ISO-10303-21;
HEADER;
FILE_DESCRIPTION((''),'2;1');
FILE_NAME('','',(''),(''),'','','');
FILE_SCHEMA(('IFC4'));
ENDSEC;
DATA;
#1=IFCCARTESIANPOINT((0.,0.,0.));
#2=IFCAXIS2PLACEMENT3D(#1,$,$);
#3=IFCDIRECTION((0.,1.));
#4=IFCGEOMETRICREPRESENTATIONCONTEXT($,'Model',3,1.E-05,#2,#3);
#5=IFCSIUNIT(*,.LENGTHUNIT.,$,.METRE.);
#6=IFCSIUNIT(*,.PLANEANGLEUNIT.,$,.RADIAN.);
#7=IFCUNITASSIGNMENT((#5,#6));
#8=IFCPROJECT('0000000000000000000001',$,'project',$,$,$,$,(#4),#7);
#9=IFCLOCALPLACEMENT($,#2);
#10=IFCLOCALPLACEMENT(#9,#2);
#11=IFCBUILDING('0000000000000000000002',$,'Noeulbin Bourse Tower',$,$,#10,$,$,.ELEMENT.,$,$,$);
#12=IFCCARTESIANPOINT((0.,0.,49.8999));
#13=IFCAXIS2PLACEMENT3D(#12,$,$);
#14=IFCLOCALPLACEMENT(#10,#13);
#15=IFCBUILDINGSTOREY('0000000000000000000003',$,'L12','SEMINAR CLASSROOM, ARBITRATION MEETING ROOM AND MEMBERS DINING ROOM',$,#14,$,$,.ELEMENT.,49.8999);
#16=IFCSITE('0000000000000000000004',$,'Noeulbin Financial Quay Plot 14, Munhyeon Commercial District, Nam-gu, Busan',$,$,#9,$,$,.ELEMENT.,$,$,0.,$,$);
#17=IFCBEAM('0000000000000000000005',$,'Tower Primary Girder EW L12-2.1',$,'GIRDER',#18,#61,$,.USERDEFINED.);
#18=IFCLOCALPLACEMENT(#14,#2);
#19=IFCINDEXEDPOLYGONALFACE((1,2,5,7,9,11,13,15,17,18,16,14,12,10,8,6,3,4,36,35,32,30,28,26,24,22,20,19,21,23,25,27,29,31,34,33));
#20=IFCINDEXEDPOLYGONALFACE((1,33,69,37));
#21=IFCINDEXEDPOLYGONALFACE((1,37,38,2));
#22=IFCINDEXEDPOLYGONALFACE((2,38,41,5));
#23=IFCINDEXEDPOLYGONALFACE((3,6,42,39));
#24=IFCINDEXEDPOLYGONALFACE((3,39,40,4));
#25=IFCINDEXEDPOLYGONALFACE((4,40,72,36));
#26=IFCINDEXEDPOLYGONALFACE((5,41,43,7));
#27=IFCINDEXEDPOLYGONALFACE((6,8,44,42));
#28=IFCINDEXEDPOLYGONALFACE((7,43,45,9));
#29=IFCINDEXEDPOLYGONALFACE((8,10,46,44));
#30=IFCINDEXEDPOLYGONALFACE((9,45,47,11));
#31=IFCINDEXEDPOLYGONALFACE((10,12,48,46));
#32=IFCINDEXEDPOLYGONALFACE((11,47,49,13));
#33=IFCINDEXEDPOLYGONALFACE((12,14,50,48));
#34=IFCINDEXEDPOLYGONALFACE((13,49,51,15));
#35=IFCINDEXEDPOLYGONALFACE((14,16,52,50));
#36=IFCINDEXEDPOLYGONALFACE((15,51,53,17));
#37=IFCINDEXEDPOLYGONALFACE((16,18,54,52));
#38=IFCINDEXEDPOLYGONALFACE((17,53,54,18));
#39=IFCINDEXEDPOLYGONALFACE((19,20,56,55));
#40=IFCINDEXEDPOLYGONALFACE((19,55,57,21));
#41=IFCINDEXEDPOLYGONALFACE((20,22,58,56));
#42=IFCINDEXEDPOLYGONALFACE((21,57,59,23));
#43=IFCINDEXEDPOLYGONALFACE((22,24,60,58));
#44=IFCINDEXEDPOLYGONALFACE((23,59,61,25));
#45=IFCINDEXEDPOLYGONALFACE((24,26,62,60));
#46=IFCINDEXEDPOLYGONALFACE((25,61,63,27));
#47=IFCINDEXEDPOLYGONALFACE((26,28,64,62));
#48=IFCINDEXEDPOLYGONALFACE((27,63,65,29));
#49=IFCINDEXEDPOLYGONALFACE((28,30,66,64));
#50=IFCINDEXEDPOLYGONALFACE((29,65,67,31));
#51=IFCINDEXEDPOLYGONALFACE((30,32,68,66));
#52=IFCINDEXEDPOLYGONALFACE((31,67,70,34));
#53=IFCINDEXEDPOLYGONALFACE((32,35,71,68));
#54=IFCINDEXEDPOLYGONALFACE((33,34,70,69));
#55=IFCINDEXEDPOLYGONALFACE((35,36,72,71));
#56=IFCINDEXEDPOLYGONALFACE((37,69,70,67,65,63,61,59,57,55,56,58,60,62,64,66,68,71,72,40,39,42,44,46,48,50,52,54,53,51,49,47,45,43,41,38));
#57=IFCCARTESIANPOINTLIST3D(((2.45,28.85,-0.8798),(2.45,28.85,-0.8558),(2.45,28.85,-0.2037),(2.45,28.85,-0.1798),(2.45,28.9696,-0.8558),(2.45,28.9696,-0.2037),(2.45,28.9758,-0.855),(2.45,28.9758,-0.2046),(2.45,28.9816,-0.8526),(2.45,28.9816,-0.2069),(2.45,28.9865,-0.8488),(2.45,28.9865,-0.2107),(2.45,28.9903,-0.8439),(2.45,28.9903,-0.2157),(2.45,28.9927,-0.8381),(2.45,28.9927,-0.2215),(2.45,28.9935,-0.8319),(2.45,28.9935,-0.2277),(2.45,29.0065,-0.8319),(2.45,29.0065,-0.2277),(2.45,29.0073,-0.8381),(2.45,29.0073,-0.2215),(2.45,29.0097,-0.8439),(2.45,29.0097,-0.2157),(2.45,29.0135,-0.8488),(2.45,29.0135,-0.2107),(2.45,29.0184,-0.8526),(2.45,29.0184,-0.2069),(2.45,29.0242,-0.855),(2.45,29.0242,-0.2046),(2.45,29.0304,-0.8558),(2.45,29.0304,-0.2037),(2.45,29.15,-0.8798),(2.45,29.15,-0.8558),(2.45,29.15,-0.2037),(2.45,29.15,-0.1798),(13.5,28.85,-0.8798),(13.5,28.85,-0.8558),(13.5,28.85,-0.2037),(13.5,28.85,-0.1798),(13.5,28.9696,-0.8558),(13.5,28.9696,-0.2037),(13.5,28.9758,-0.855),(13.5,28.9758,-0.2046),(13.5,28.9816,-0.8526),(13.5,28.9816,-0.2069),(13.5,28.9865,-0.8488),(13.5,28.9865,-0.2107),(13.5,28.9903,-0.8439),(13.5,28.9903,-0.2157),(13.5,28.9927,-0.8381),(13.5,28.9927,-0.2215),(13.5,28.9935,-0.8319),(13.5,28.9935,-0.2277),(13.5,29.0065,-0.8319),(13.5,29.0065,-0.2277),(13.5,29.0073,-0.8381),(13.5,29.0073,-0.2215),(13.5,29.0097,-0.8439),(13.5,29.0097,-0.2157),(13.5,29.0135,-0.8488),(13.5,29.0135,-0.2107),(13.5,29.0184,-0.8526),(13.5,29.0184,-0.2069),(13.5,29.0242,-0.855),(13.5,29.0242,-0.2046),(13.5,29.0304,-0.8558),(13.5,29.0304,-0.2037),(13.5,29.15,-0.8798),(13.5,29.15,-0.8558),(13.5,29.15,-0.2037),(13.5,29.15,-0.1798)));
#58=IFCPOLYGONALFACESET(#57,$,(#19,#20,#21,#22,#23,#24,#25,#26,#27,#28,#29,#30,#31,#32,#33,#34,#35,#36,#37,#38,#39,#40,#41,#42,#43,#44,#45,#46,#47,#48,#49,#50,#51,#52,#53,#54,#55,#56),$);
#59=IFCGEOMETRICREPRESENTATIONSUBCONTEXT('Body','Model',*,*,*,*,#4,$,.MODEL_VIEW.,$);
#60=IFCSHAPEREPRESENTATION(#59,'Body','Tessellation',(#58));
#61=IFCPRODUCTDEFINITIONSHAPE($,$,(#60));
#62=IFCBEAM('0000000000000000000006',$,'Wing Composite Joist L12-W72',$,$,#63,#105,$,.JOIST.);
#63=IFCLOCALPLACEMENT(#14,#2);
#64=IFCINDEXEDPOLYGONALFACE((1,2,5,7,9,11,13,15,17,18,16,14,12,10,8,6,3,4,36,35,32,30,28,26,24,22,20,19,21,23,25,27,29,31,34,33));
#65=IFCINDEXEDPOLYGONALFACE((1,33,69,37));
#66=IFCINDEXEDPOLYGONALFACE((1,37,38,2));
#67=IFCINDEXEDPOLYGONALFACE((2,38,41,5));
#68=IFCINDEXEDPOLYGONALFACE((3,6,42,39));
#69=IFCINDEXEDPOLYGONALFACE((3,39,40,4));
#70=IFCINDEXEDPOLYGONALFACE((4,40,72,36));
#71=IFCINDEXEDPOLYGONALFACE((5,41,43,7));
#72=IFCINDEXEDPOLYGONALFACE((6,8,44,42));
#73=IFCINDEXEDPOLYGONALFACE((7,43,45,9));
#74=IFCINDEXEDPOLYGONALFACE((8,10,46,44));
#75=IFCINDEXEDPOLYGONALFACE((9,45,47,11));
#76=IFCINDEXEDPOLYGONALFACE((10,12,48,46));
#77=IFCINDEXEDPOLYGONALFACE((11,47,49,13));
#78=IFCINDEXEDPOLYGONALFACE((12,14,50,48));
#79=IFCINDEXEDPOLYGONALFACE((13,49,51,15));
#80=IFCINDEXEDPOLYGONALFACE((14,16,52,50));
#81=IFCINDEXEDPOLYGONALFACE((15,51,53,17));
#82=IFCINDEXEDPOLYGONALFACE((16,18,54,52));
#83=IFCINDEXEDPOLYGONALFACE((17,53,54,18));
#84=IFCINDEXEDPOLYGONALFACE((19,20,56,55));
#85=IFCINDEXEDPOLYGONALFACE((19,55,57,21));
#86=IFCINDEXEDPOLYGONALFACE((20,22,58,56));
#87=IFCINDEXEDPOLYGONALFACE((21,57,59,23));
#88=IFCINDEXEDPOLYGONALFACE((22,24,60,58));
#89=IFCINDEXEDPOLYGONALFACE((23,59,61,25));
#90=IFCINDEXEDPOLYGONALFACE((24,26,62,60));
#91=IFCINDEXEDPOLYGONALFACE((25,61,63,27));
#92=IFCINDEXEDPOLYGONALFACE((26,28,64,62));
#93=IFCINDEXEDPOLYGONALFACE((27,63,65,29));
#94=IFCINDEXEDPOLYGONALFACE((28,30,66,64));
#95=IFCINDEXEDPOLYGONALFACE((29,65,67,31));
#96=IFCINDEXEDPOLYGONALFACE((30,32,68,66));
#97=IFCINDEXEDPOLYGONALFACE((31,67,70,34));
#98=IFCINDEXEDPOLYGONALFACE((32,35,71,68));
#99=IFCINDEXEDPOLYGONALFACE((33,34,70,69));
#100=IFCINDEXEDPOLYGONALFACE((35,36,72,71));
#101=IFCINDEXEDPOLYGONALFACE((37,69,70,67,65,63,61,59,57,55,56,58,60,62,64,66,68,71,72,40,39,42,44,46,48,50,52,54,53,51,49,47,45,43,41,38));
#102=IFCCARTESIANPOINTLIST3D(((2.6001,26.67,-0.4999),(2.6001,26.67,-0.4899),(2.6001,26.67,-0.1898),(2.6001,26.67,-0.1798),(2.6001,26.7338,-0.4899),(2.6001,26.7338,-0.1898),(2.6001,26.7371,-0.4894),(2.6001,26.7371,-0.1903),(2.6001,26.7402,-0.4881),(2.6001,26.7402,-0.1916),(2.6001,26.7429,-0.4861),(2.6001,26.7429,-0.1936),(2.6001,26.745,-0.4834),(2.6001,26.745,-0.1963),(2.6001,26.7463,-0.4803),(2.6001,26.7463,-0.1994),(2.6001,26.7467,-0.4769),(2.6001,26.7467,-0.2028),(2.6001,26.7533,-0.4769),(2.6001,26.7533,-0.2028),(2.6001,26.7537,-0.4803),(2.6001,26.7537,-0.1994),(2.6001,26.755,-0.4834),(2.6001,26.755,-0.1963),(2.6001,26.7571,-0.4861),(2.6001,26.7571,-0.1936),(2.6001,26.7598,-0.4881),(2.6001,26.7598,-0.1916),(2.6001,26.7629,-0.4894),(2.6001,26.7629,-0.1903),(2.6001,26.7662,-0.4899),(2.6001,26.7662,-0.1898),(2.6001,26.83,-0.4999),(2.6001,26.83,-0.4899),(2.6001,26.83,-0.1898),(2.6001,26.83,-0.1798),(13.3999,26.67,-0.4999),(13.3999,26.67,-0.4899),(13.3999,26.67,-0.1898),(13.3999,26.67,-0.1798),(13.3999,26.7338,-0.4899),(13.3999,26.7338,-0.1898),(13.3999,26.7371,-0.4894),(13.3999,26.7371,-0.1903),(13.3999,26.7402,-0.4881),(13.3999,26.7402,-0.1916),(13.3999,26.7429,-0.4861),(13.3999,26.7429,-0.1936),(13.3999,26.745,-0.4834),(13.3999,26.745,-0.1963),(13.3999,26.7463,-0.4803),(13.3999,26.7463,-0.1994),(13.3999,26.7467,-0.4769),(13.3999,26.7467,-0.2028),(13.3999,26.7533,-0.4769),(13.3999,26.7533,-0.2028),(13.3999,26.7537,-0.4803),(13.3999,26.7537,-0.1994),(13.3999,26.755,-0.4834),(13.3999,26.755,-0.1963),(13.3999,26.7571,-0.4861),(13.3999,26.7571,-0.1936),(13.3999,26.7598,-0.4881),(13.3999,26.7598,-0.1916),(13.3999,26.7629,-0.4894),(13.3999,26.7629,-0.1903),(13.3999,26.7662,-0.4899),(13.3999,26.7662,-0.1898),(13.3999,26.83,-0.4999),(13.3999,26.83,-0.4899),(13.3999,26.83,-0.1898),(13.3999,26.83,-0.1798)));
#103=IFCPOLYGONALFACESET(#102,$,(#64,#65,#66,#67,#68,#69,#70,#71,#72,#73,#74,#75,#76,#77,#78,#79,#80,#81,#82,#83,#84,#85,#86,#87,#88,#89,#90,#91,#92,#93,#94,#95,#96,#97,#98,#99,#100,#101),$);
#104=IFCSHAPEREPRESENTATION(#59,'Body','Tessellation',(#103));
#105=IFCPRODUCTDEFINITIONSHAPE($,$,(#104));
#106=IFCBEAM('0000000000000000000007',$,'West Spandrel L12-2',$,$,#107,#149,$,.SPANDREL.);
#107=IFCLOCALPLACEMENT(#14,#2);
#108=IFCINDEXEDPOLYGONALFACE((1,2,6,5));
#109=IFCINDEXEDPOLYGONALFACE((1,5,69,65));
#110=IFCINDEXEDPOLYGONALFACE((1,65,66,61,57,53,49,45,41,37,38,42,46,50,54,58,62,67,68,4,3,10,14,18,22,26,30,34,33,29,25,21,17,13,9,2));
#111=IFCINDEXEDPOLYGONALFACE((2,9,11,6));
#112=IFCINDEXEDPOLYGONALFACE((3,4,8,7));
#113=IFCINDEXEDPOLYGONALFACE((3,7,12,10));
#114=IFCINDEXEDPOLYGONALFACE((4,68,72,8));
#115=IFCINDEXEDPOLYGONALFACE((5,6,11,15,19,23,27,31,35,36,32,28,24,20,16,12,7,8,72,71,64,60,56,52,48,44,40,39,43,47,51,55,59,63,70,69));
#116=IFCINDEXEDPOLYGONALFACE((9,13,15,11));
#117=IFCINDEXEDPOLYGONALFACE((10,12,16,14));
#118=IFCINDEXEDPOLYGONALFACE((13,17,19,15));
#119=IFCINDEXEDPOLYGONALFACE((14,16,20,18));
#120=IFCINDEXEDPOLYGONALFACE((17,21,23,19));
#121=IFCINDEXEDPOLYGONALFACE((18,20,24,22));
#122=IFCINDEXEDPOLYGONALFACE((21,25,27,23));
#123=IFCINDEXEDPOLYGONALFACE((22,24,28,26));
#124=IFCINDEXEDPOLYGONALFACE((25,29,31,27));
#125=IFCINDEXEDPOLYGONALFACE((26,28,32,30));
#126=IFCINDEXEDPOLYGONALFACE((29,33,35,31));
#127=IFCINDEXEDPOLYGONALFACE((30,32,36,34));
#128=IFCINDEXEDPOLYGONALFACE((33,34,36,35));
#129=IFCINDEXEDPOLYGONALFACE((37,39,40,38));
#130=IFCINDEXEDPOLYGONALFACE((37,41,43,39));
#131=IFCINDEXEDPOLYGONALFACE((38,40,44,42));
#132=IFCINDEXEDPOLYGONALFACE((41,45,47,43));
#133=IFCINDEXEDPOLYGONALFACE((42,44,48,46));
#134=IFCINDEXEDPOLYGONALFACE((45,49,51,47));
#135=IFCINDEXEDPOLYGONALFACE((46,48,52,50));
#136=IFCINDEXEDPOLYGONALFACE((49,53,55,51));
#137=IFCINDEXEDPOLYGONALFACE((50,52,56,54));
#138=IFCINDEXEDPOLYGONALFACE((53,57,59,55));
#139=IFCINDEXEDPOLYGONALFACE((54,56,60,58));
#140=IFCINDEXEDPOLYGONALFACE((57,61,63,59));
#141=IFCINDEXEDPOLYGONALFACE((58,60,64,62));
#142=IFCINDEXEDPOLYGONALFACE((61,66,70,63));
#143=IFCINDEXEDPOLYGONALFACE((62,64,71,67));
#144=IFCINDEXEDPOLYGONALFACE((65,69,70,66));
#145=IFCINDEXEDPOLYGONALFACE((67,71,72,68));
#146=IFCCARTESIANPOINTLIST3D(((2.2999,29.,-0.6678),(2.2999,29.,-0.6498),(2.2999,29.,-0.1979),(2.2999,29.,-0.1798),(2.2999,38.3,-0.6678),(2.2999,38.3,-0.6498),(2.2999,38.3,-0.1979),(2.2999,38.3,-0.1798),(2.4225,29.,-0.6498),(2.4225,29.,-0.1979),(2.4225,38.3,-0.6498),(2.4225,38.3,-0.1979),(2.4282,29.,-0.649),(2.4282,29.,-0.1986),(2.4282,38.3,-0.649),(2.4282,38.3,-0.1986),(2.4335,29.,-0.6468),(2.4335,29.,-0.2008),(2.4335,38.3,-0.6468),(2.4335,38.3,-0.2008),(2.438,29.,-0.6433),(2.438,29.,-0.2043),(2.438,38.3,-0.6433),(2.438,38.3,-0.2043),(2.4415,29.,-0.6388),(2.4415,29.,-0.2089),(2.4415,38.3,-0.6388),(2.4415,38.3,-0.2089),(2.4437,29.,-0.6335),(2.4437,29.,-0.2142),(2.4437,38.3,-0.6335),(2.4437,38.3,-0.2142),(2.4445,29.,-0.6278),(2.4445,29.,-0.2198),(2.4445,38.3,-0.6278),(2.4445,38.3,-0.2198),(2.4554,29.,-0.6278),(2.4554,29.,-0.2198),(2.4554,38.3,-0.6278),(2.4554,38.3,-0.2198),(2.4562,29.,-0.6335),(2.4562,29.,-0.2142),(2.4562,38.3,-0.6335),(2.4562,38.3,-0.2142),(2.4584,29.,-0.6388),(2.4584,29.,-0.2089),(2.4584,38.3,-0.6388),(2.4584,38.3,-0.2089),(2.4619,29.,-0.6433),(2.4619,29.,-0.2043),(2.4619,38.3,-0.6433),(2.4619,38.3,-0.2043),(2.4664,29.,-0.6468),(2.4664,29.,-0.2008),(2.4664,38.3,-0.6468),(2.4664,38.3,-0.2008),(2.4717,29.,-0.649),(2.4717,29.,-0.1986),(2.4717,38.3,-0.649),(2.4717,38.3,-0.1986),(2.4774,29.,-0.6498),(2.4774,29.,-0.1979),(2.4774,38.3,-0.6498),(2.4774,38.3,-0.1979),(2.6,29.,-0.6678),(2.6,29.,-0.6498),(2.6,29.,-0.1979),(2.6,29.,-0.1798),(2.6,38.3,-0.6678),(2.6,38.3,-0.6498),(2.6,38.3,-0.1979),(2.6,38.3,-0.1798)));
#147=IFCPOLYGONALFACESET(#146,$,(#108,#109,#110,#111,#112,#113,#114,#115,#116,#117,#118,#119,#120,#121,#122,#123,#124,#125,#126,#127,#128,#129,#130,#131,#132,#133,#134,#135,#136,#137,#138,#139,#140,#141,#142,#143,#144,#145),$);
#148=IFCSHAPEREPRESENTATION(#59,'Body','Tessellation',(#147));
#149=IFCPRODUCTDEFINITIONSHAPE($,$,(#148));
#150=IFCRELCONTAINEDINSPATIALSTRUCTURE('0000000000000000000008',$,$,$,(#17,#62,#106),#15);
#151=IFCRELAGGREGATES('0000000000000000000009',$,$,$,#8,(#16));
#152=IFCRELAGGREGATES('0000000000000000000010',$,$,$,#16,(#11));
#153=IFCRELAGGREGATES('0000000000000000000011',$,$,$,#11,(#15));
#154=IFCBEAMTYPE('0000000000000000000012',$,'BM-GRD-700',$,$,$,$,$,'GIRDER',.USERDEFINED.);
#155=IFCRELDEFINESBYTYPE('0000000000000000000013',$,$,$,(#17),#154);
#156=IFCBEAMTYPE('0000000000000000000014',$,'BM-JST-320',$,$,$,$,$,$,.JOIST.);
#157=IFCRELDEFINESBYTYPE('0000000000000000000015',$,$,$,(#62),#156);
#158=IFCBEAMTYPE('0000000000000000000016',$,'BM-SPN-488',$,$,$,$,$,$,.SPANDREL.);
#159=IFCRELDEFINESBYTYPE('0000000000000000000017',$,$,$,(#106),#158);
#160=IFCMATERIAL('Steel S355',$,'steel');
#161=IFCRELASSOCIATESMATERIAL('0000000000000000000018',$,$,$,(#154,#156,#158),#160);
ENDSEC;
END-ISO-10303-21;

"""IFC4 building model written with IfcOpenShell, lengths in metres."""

from ifc_helpers import new_model, si_unit, direction, frame, origin, origin_2d, place, context, subcontext, project, spatial, i_section, extrude, material, material_profile, profile_set, type_object, element, save


model = new_model("IFC4")

# Units and contexts
model_context = context("Model", 3, precision=1e-05, world=origin(), true_north=direction((0.0, 1.0)))
body_context = subcontext(model_context, "Body", "Model", "MODEL_VIEW")
ifc_project = project(units=[si_unit("LENGTHUNIT", "METRE"), si_unit("PLANEANGLEUNIT", "RADIAN")], contexts=[model_context])

# Site, building, storey
site_placement = place(None, origin())
site = spatial("IfcSite", under=ifc_project, at=site_placement, Name="Noeulbin Financial Quay Plot 14, Munhyeon Commercial District, Nam-gu, Busan", CompositionType="ELEMENT", RefElevation=0.0)
building_placement = place(site_placement, origin())
building = spatial("IfcBuilding", under=site, at=building_placement, Name="Noeulbin Bourse Tower", CompositionType="ELEMENT")
storey_placement = place(building_placement, frame((0.0, 0.0, 49.8999)))
storey = spatial("IfcBuildingStorey", under=building, at=storey_placement, Name="L12", Description="SEMINAR CLASSROOM, ARBITRATION MEETING ROOM AND MEMBERS DINING ROOM", CompositionType="ELEMENT", Elevation=49.8999)

# Beams
ifc_material_1 = material(Name="Steel S355", Category="steel")
ifc_material_profile_1 = material_profile(ifc_material_1, i_section(OverallWidth=0.3, OverallDepth=0.7, WebThickness=0.0129, FlangeThickness=0.0239, FilletRadius=0.0239, at=origin_2d()), Name="H-700x300x13x24", Category="LoadBearing")
ifc_profile_set_1 = profile_set([ifc_material_profile_1], Name="Steel S355")
beam_type_1 = type_object("IfcBeamType", Name="BM-GRD-700", ElementType="GIRDER", PredefinedType="USERDEFINED", material=ifc_profile_set_1)
beam_1_placement = place(storey_placement, frame((2.45, 29.0, -0.5298), z_axis=(1.0, 0.0, 0.0), x_axis=(0.0, 1.0, 0.0)))
element("IfcBeam", 1, at=beam_1_placement, inside=storey, type_object=beam_type_1, Name="Tower Primary Girder EW L12-2.1", ObjectType="GIRDER", PredefinedType="USERDEFINED", context=body_context, shape_type="SweptSolid", body=[
    extrude(i_section(OverallWidth=0.3, OverallDepth=0.7, WebThickness=0.0129, FlangeThickness=0.0239, FilletRadius=0.0239, at=origin_2d()), origin(), (0.0, 0.0, 1.0), 11.05),
])
ifc_material_profile_2 = material_profile(ifc_material_1, i_section(OverallWidth=0.1599, OverallDepth=0.3201, WebThickness=0.0066, FlangeThickness=0.01, FilletRadius=0.0129, at=origin_2d()), Name="H-320x160x6.5x10", Category="LoadBearing")
ifc_profile_set_2 = profile_set([ifc_material_profile_2], Name="Steel S355")
beam_type_2 = type_object("IfcBeamType", Name="BM-JST-320", PredefinedType="JOIST", material=ifc_profile_set_2)
beam_2_placement = place(storey_placement, frame((2.6001, 26.75, -0.3398), z_axis=(1.0, 0.0, 0.0), x_axis=(0.0, 1.0, 0.0)))
element("IfcBeam", 2, at=beam_2_placement, inside=storey, type_object=beam_type_2, Name="Wing Composite Joist L12-W72", PredefinedType="JOIST", context=body_context, shape_type="SweptSolid", body=[
    extrude(i_section(OverallWidth=0.1599, OverallDepth=0.3201, WebThickness=0.0066, FlangeThickness=0.01, FilletRadius=0.0129, at=origin_2d()), origin(), (0.0, 0.0, 1.0), 10.7998),
])
ifc_material_profile_3 = material_profile(ifc_material_1, i_section(OverallWidth=0.3, OverallDepth=0.488, WebThickness=0.011, FlangeThickness=0.0181, FilletRadius=0.022, at=origin_2d()), Name="H-488x300x11x18", Category="LoadBearing")
ifc_profile_set_3 = profile_set([ifc_material_profile_3], Name="Steel S355")
beam_type_3 = type_object("IfcBeamType", Name="BM-SPN-488", PredefinedType="SPANDREL", material=ifc_profile_set_3)
beam_3_placement = place(storey_placement, frame((2.45, 29.0, -0.4238), z_axis=(0.0, 1.0, 0.0), x_axis=(-1.0, 0.0, 0.0)))
element("IfcBeam", 3, at=beam_3_placement, inside=storey, type_object=beam_type_3, Name="West Spandrel L12-2", PredefinedType="SPANDREL", context=body_context, shape_type="SweptSolid", body=[
    extrude(i_section(OverallWidth=0.3, OverallDepth=0.488, WebThickness=0.011, FlangeThickness=0.0181, FilletRadius=0.022, at=origin_2d()), origin(), (0.0, 0.0, 1.0), 9.3),
])

save(model, "model.ifc")
